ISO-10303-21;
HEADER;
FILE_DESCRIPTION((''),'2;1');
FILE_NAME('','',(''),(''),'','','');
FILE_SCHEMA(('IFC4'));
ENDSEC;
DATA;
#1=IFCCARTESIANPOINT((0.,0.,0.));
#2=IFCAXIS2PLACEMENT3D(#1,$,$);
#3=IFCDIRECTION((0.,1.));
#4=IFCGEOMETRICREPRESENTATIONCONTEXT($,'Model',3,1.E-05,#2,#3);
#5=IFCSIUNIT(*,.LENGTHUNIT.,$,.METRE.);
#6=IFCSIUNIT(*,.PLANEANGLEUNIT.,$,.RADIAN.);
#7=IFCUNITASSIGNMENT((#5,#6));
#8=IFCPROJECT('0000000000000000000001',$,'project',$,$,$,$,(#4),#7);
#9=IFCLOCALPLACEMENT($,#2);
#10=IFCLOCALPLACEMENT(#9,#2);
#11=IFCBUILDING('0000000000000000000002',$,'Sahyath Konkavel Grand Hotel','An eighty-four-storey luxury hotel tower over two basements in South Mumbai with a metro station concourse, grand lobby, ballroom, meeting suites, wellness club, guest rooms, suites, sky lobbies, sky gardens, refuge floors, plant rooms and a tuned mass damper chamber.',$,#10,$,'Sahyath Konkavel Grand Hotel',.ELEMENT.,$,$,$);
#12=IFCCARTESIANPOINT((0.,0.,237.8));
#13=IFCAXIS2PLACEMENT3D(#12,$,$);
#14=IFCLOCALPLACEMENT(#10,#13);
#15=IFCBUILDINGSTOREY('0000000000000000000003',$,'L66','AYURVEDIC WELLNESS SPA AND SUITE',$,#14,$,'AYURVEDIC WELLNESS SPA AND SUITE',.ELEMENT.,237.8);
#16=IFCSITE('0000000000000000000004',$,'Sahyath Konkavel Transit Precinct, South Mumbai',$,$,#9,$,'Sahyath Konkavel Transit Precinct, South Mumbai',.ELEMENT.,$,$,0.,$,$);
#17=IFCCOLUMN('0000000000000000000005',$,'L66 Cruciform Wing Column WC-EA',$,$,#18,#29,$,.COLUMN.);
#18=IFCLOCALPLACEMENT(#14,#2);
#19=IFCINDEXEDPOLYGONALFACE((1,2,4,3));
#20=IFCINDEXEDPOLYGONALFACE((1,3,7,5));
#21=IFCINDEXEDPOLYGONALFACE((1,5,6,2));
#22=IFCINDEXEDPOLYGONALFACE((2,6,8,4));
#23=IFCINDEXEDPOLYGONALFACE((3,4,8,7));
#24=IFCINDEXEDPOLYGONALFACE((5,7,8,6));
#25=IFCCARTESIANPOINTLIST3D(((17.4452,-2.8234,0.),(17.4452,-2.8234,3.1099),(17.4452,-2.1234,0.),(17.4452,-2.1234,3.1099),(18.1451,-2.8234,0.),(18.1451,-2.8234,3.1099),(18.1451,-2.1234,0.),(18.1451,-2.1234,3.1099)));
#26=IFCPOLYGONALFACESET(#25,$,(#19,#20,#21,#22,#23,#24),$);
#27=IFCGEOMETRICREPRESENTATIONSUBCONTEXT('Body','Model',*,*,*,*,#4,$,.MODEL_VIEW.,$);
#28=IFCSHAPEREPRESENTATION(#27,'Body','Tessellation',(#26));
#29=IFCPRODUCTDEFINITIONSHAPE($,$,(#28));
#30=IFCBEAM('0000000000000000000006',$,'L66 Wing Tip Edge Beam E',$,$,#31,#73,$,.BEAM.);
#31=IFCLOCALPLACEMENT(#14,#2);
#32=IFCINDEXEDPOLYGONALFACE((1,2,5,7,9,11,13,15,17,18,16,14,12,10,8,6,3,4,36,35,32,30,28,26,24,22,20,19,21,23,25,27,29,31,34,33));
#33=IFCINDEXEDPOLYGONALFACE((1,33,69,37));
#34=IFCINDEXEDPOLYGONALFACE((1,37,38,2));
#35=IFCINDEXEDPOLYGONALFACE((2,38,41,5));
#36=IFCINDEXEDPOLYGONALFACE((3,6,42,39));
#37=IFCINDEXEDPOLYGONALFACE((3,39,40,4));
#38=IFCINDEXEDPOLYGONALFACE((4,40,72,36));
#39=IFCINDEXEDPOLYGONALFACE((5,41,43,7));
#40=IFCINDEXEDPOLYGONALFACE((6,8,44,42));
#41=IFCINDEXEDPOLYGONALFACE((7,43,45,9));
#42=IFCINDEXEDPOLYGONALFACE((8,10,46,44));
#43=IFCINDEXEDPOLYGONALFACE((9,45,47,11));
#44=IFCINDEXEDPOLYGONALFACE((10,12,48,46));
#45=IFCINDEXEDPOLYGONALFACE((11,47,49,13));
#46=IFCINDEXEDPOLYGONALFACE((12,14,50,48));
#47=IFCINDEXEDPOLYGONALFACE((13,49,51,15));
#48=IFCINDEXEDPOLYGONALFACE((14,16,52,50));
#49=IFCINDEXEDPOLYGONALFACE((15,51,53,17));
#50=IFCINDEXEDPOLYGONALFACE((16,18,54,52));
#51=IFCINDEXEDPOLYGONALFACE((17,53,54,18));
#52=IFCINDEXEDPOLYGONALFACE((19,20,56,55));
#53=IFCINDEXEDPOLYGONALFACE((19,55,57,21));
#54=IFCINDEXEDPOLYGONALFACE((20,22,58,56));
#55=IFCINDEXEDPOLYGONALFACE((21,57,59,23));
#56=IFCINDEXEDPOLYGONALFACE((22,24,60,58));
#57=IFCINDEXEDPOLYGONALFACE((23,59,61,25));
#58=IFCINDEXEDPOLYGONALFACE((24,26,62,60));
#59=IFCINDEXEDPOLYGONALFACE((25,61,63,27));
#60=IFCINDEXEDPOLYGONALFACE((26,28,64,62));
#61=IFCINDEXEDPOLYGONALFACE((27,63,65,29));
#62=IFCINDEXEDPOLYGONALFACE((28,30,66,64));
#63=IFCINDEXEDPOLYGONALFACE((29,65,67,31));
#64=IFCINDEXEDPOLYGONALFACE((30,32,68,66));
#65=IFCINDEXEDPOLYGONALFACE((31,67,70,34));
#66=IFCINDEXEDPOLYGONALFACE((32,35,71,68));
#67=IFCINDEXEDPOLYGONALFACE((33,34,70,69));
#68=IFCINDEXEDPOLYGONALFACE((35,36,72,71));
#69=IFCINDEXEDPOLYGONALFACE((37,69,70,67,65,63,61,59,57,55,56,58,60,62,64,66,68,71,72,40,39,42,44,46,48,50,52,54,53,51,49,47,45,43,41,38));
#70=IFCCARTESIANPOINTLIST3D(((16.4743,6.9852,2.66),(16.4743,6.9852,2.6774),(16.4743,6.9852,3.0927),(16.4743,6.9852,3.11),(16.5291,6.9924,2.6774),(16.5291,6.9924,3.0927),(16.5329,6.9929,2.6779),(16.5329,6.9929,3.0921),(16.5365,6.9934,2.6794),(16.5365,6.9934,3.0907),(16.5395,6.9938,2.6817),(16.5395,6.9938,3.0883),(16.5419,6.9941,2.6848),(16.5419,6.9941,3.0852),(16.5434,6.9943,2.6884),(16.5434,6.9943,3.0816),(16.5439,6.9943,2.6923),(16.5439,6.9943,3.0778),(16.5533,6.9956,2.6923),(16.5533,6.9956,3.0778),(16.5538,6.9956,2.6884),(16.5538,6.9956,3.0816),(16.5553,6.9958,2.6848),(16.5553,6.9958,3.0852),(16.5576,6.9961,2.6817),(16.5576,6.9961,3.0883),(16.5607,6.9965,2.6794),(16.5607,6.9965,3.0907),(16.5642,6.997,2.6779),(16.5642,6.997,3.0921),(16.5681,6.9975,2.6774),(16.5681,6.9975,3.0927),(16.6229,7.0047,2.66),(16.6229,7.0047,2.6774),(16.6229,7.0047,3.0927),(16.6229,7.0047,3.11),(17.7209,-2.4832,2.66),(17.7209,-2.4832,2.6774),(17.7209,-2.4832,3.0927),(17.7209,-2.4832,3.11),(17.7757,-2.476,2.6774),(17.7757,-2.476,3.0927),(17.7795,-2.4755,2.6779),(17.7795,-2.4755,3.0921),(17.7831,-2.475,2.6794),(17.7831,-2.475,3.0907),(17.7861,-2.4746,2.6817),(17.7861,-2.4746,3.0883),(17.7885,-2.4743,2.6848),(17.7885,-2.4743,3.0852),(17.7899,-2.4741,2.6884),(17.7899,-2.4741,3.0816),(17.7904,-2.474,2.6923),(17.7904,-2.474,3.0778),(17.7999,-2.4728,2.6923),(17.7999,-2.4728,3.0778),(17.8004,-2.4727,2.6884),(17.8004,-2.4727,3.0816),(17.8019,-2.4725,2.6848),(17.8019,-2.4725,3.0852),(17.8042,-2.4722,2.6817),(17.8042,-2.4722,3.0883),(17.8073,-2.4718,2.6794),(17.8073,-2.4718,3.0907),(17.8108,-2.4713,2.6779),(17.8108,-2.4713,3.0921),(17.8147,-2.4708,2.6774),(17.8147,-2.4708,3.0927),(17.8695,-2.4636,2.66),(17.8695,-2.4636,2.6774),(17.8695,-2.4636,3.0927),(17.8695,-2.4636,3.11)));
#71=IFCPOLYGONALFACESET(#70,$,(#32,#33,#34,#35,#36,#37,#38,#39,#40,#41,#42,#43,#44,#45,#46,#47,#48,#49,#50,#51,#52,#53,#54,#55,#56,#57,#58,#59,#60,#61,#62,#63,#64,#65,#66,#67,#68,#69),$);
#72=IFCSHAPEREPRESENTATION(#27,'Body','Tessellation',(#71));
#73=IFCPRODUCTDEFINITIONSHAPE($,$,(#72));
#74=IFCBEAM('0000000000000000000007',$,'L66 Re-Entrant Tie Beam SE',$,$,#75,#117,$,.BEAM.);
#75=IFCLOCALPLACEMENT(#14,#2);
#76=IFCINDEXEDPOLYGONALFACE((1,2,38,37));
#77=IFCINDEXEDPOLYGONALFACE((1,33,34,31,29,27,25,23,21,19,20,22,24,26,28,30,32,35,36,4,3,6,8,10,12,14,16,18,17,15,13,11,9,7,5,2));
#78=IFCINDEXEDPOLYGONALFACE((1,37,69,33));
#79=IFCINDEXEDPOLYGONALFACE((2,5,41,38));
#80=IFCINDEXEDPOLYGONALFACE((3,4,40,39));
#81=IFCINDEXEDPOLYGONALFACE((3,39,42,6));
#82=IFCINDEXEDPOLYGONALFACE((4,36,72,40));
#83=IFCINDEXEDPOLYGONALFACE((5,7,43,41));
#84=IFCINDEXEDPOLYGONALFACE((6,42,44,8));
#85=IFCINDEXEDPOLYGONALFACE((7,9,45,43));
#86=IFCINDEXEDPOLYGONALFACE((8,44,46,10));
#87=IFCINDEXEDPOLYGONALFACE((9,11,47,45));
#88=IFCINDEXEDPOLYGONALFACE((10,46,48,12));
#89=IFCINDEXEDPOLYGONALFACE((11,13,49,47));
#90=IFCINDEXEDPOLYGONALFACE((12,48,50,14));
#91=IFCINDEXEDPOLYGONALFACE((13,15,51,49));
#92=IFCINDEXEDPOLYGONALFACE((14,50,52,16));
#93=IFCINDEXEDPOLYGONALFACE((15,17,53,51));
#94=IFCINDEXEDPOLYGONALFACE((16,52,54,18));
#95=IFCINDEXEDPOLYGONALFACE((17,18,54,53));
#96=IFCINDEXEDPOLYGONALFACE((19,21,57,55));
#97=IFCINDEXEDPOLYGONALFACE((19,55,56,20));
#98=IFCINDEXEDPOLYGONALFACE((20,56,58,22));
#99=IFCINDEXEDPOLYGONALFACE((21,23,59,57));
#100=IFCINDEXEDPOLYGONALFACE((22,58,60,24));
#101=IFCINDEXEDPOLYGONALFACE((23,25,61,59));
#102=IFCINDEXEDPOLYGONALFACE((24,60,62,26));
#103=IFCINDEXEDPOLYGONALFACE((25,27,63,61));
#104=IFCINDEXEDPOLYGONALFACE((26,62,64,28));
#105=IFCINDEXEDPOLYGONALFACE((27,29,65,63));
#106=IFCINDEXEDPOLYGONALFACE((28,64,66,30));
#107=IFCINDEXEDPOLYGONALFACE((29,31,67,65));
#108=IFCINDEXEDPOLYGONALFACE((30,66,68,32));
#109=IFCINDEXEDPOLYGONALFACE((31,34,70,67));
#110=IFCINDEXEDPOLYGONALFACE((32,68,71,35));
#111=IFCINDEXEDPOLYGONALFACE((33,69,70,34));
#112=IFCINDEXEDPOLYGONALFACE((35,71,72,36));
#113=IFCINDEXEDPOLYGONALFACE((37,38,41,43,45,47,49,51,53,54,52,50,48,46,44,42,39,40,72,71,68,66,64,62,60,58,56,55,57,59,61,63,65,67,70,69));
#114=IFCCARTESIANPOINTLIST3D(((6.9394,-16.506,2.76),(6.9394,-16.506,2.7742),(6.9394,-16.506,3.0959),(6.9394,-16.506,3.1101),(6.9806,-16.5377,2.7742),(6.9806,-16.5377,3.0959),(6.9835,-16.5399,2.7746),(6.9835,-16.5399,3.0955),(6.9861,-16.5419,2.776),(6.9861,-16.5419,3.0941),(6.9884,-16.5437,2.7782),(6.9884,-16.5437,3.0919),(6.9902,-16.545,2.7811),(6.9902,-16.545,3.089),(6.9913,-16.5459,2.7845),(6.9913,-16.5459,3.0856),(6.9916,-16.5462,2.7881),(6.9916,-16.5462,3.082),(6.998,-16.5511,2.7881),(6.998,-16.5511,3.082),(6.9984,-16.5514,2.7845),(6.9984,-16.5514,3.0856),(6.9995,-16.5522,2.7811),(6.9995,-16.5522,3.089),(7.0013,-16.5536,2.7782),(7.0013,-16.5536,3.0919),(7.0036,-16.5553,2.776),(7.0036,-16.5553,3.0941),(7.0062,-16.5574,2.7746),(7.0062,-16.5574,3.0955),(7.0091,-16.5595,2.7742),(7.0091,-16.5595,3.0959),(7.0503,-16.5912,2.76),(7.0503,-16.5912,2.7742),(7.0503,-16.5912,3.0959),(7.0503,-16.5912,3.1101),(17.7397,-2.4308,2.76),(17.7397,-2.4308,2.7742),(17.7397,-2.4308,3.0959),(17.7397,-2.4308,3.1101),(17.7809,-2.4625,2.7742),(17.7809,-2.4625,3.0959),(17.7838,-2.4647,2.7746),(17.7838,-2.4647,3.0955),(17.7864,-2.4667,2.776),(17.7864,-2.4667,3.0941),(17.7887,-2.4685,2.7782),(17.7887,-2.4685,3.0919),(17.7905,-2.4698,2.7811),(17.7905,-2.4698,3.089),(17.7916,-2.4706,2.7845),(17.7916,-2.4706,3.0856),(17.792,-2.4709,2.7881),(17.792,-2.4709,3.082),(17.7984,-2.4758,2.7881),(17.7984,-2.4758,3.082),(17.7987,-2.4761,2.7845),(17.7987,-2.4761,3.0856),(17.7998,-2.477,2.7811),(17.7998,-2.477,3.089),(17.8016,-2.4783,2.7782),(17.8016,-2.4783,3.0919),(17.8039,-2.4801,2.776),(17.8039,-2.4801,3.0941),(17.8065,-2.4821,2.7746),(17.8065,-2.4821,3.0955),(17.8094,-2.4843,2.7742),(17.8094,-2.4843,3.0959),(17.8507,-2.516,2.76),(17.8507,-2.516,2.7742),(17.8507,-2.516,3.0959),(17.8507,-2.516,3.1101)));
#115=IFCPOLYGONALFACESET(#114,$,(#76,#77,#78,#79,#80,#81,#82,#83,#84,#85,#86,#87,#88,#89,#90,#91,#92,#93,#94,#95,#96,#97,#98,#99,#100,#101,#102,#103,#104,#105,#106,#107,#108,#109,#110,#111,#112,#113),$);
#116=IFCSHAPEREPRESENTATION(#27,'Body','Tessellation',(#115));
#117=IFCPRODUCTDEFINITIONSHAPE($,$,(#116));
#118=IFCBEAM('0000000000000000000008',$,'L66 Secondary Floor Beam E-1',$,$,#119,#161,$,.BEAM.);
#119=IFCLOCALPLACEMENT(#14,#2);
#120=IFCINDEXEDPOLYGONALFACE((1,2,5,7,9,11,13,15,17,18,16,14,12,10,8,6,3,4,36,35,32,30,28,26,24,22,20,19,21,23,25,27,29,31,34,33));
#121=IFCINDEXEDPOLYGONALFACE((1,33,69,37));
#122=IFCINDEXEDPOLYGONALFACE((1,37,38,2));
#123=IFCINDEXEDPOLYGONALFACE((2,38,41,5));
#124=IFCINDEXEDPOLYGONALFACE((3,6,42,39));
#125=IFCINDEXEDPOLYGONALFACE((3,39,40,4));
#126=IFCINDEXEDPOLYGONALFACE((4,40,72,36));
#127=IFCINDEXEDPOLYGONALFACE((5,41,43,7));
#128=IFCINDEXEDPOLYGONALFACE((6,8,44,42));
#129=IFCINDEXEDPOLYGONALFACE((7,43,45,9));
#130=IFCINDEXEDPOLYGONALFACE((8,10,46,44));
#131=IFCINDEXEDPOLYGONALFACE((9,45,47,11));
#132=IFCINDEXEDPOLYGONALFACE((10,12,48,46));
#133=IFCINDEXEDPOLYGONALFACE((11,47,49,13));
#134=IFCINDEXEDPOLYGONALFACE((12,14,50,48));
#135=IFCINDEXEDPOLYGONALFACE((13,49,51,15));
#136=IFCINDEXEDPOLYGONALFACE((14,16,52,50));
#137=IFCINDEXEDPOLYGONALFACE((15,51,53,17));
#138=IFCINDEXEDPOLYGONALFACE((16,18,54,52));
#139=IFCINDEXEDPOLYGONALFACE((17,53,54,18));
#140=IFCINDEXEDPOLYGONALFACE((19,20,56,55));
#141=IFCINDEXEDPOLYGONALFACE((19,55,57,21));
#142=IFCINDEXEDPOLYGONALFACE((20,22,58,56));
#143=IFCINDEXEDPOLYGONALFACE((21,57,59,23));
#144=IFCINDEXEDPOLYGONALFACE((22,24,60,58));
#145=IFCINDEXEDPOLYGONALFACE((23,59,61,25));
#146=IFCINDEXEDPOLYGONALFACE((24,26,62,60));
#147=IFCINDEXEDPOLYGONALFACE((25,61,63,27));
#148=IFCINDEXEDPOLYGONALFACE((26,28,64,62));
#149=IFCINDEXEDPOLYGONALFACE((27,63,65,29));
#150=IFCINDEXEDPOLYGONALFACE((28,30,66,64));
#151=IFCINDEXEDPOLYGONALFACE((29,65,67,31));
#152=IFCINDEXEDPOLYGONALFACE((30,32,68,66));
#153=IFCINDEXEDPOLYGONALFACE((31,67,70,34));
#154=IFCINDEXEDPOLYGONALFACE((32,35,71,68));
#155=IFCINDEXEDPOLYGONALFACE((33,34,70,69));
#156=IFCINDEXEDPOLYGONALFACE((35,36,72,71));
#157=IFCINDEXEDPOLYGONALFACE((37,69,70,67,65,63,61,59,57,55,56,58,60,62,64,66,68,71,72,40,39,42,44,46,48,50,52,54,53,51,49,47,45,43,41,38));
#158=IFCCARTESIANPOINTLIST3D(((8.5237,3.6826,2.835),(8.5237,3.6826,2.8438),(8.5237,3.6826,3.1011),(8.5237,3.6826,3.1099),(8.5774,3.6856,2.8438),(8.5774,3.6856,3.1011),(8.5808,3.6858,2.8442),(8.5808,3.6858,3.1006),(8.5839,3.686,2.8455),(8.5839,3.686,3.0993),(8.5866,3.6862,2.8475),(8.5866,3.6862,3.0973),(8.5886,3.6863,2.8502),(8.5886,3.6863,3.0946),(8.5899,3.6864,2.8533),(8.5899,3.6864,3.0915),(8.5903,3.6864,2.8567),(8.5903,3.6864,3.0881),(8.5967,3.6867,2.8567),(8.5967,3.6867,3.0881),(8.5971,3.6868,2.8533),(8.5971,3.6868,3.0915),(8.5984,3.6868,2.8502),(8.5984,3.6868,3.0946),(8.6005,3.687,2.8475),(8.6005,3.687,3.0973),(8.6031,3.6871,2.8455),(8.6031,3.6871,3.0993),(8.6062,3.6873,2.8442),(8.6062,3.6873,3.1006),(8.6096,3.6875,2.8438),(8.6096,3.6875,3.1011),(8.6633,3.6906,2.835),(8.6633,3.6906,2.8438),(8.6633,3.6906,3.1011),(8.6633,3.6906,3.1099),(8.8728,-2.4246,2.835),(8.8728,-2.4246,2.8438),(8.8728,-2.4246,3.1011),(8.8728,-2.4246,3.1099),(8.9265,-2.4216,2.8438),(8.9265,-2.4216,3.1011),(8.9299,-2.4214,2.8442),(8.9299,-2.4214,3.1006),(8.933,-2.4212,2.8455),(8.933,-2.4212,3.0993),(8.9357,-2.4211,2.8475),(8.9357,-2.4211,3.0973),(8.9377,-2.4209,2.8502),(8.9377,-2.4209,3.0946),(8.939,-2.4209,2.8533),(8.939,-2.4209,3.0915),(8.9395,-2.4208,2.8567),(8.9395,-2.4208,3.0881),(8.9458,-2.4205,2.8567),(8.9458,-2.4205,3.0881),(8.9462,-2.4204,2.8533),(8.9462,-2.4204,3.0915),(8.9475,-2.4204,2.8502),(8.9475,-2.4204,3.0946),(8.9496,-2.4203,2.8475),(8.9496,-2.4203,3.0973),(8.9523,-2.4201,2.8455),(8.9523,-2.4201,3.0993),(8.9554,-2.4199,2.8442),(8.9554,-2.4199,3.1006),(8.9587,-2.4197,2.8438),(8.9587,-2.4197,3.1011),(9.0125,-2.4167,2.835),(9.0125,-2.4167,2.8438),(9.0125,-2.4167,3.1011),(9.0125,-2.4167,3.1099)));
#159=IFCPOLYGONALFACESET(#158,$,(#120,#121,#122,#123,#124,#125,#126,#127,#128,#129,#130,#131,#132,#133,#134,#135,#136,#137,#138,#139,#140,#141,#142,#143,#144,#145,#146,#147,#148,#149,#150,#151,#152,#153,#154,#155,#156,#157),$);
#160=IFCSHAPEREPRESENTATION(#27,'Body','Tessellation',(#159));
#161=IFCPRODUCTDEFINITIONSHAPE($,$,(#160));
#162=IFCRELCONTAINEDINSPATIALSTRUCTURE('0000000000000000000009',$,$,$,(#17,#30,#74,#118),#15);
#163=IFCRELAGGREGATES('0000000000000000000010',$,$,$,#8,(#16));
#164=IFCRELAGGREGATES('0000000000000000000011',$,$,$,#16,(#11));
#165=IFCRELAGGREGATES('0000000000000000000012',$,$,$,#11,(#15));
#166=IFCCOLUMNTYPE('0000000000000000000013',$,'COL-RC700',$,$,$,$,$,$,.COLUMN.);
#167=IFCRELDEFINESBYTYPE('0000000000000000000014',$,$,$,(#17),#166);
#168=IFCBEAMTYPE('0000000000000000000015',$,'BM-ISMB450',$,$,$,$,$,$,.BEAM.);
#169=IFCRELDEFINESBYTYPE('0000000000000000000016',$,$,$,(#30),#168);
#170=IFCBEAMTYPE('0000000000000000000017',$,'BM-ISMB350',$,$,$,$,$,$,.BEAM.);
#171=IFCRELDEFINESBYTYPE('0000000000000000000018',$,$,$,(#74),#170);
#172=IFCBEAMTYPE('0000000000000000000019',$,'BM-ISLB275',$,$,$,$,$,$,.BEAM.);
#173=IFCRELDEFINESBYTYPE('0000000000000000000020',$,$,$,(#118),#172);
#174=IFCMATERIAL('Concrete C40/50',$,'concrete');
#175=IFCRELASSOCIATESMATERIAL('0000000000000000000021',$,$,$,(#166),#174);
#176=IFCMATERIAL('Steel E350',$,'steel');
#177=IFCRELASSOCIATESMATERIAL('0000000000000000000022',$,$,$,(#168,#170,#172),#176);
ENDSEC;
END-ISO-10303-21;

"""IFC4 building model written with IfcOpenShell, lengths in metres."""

from ifc_helpers import new_model, si_unit, direction, frame, origin, origin_2d, place, context, subcontext, project, spatial, rectangle, i_section, extrude, source, transform, mapped, material, material_profile, profile_set, type_object, element, save


model = new_model("IFC4")

# Units and contexts
model_context = context("Model", 3, precision=1e-05, world=origin(), true_north=direction((0.0, 1.0)))
body_context = subcontext(model_context, "Body", "Model", "MODEL_VIEW")
ifc_project = project(units=[si_unit("LENGTHUNIT", "METRE"), si_unit("PLANEANGLEUNIT", "RADIAN")], contexts=[model_context])

# Site, building, storey
site_placement = place(None, origin())
site = spatial("IfcSite", under=ifc_project, at=site_placement, Name="Sahyath Konkavel Transit Precinct, South Mumbai", LongName="Sahyath Konkavel Transit Precinct, South Mumbai", CompositionType="ELEMENT", RefElevation=0.0)
building_placement = place(site_placement, origin())
building = spatial("IfcBuilding", under=site, at=building_placement, Name="Sahyath Konkavel Grand Hotel", Description="An eighty-four-storey luxury hotel tower over two basements in South Mumbai with a metro station concourse, grand lobby, ballroom, meeting suites, wellness club, guest rooms, suites, sky lobbies, sky gardens, refuge floors, plant rooms and a tuned mass damper chamber.", LongName="Sahyath Konkavel Grand Hotel", CompositionType="ELEMENT")
storey_placement = place(building_placement, frame((0.0, 0.0, 237.8)))
storey = spatial("IfcBuildingStorey", under=building, at=storey_placement, Name="L66", Description="AYURVEDIC WELLNESS SPA AND SUITE", LongName="AYURVEDIC WELLNESS SPA AND SUITE", CompositionType="ELEMENT", Elevation=237.8)

# Column
ifc_material_1 = material(Name="Concrete C40/50", Category="concrete")
ifc_material_profile_1 = material_profile(ifc_material_1, rectangle(XDim=0.7, YDim=0.7, at=origin_2d()), Name="RC 700x700")
ifc_profile_set_1 = profile_set([ifc_material_profile_1], Name="Concrete C40/50")
column_type = type_object("IfcColumnType", Name="COL-RC700", PredefinedType="COLUMN", material=ifc_profile_set_1)
shared_shape_1 = source(origin(), body_context, "Body", "SweptSolid", [
    extrude(rectangle(XDim=0.7, YDim=0.7, at=origin_2d()), origin(), (0.0, 0.0, 1.0), 3.1099),
])
column_placement = place(storey_placement, frame((17.7952, -2.4734, 0.0), z_axis=(0.0, 0.0, 1.0), x_axis=(1.0, 0.0, 0.0)))
element("IfcColumn", 1, at=column_placement, inside=storey, type_object=column_type, Name="L66 Cruciform Wing Column WC-EA", PredefinedType="COLUMN", context=body_context, shape_type="MappedRepresentation", body=[
    mapped(shared_shape_1, transform((0.0, 0.0, 0.0), scale=1.0)),
])

# Beams
ifc_material_2 = material(Name="Steel E350", Category="steel")
ifc_material_profile_2 = material_profile(ifc_material_2, i_section(OverallWidth=0.1499, OverallDepth=0.45, WebThickness=0.0095, FlangeThickness=0.0173, FilletRadius=0.0149, at=origin_2d()), Name="ISMB 450")
ifc_profile_set_2 = profile_set([ifc_material_profile_2], Name="Steel E350")
beam_type_1 = type_object("IfcBeamType", Name="BM-ISMB450", PredefinedType="BEAM", material=ifc_profile_set_2)
shared_shape_2 = source(origin(), body_context, "Body", "SweptSolid", [
    extrude(i_section(OverallWidth=0.1499, OverallDepth=0.45, WebThickness=0.0095, FlangeThickness=0.0173, FilletRadius=0.0149, at=origin_2d()), origin(), (0.0, 0.0, 1.0), 9.55),
])
beam_1_placement = place(storey_placement, frame((17.7952, -2.4734, 2.885), z_axis=(-0.130533, 0.991444, 0.0), x_axis=(-0.991444, -0.130533, 0.0)))
element("IfcBeam", 2, at=beam_1_placement, inside=storey, type_object=beam_type_1, Name="L66 Wing Tip Edge Beam E", PredefinedType="BEAM", context=body_context, shape_type="MappedRepresentation", body=[
    mapped(shared_shape_2, transform((0.0, 0.0, 0.0), scale=1.0)),
])
ifc_material_profile_3 = material_profile(ifc_material_2, i_section(OverallWidth=0.1399, OverallDepth=0.3501, WebThickness=0.0081, FlangeThickness=0.0142, FilletRadius=0.0139, at=origin_2d()), Name="ISMB 350")
ifc_profile_set_3 = profile_set([ifc_material_profile_3], Name="Steel E350")
beam_type_2 = type_object("IfcBeamType", Name="BM-ISMB350", PredefinedType="BEAM", material=ifc_profile_set_3)
shared_shape_3 = source(origin(), body_context, "Body", "SweptSolid", [
    extrude(i_section(OverallWidth=0.1399, OverallDepth=0.3501, WebThickness=0.0081, FlangeThickness=0.0142, FilletRadius=0.0139, at=origin_2d()), origin(), (0.0, 0.0, 1.0), 17.7415),
])
beam_2_placement = place(storey_placement, frame((17.7952, -2.4734, 2.9351), z_axis=(-0.608762, -0.793353, 0.0), x_axis=(0.793353, -0.608762, 0.0)))
element("IfcBeam", 3, at=beam_2_placement, inside=storey, type_object=beam_type_2, Name="L66 Re-Entrant Tie Beam SE", PredefinedType="BEAM", context=body_context, shape_type="MappedRepresentation", body=[
    mapped(shared_shape_3, transform((0.0, 0.0, 0.0), scale=1.0)),
])
ifc_material_profile_4 = material_profile(ifc_material_2, i_section(OverallWidth=0.1399, OverallDepth=0.2749, WebThickness=0.0063, FlangeThickness=0.0088, FilletRadius=0.0129, at=origin_2d()), Name="ISLB 275")
ifc_profile_set_4 = profile_set([ifc_material_profile_4], Name="Steel E350")
beam_type_3 = type_object("IfcBeamType", Name="BM-ISLB275", PredefinedType="BEAM", material=ifc_profile_set_4)
shared_shape_4 = source(origin(), body_context, "Body", "SweptSolid", [
    extrude(i_section(OverallWidth=0.1399, OverallDepth=0.2749, WebThickness=0.0063, FlangeThickness=0.0088, FilletRadius=0.0129, at=origin_2d()), origin(), (0.0, 0.0, 1.0), 6.1172),
])
beam_3_placement = place(storey_placement, frame((8.9426, -2.4207, 2.9724), z_axis=(-0.057073, 0.99837, 0.0), x_axis=(-0.99837, -0.057073, 0.0)))
element("IfcBeam", 4, at=beam_3_placement, inside=storey, type_object=beam_type_3, Name="L66 Secondary Floor Beam E-1", PredefinedType="BEAM", context=body_context, shape_type="MappedRepresentation", body=[
    mapped(shared_shape_4, transform((0.0, 0.0, 0.0), scale=1.0)),
])

save(model, "model.ifc")
